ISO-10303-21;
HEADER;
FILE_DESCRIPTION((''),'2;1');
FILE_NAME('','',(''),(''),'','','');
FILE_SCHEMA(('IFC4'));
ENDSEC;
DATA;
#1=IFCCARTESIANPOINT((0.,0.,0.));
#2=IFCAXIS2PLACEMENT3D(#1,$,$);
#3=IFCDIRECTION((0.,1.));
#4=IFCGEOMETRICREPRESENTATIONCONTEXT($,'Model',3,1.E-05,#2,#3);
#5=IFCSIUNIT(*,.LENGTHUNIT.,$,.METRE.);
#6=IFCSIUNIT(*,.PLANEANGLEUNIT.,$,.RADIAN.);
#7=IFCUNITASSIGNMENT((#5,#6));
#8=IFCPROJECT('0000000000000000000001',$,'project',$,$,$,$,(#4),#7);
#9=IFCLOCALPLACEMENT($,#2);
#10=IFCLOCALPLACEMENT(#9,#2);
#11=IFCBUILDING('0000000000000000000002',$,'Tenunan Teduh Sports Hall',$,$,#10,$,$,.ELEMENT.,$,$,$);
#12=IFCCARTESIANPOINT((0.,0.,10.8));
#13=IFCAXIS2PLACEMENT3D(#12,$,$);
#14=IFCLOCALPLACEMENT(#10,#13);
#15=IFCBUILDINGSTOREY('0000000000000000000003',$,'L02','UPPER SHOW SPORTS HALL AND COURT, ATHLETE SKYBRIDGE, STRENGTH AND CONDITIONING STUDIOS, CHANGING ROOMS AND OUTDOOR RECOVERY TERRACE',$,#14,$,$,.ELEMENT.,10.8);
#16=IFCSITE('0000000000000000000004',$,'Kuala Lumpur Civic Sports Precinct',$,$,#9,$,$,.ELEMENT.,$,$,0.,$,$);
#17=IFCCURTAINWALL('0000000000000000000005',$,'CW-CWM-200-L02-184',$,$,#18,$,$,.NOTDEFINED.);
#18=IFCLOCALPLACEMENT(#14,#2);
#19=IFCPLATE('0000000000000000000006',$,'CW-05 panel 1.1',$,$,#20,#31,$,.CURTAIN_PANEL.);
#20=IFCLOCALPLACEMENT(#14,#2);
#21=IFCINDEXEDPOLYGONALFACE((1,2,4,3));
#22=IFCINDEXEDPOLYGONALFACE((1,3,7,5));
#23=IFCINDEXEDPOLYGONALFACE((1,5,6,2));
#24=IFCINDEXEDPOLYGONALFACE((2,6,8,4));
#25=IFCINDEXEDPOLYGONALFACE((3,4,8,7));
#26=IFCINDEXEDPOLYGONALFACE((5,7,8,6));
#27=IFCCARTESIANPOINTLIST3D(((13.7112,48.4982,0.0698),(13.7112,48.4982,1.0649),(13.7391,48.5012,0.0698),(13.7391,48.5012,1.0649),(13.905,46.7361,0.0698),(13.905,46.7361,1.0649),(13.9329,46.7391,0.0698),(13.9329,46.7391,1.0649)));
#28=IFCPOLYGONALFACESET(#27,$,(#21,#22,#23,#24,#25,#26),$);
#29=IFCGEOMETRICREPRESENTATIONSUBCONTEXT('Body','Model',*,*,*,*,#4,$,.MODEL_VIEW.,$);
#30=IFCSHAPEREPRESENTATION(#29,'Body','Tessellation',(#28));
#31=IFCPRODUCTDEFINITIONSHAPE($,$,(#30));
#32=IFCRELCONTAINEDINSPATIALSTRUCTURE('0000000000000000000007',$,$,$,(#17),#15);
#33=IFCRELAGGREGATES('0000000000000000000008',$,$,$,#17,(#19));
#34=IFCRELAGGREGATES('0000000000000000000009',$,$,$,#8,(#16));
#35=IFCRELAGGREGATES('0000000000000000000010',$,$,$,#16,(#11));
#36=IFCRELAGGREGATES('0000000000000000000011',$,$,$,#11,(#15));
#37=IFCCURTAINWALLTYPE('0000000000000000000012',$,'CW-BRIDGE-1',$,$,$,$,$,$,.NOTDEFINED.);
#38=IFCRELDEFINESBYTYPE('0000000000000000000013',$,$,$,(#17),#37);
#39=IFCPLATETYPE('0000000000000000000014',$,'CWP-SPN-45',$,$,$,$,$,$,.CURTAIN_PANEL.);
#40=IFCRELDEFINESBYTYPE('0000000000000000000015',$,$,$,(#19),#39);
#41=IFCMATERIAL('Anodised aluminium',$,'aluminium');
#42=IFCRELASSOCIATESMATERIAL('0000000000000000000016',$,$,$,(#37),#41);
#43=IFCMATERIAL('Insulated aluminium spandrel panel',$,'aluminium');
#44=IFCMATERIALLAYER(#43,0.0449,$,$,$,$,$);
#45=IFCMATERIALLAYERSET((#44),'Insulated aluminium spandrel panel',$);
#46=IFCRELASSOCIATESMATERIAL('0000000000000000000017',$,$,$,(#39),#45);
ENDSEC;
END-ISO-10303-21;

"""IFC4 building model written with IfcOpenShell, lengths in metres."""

from ifc_helpers import new_model, si_unit, direction, frame, origin, origin_2d, place, context, subcontext, project, spatial, rectangle, extrude, material, layer, layer_set, type_object, element, aggregate, save


model = new_model("IFC4")

# Units and contexts
model_context = context("Model", 3, precision=1e-05, world=origin(), true_north=direction((0.0, 1.0)))
body_context = subcontext(model_context, "Body", "Model", "MODEL_VIEW")
ifc_project = project(units=[si_unit("LENGTHUNIT", "METRE"), si_unit("PLANEANGLEUNIT", "RADIAN")], contexts=[model_context])

# Site, building, storey
site_placement = place(None, origin())
site = spatial("IfcSite", under=ifc_project, at=site_placement, Name="Kuala Lumpur Civic Sports Precinct", CompositionType="ELEMENT", RefElevation=0.0)
building_placement = place(site_placement, origin())
building = spatial("IfcBuilding", under=site, at=building_placement, Name="Tenunan Teduh Sports Hall", CompositionType="ELEMENT")
storey_placement = place(building_placement, frame((0.0, 0.0, 10.8)))
storey = spatial("IfcBuildingStorey", under=building, at=storey_placement, Name="L02", Description="UPPER SHOW SPORTS HALL AND COURT, ATHLETE SKYBRIDGE, STRENGTH AND CONDITIONING STUDIOS, CHANGING ROOMS AND OUTDOOR RECOVERY TERRACE", CompositionType="ELEMENT", Elevation=10.8)

# Curtain wall
ifc_material_1 = material(Name="Anodised aluminium", Category="aluminium")
curtain_wall_type = type_object("IfcCurtainWallType", Name="CW-BRIDGE-1", PredefinedType="NOTDEFINED", material=ifc_material_1)
curtain_wall_placement = place(storey_placement, origin())
curtain_wall = element("IfcCurtainWall", 1, at=curtain_wall_placement, inside=storey, type_object=curtain_wall_type, Name="CW-CWM-200-L02-184", PredefinedType="NOTDEFINED")

# Plate
ifc_material_2 = material(Name="Insulated aluminium spandrel panel", Category="aluminium")
ifc_layer_1 = layer(ifc_material_2, 0.0449)
ifc_layer_set_1 = layer_set([ifc_layer_1], Name="Insulated aluminium spandrel panel")
plate_type_1 = type_object("IfcPlateType", Name="CWP-SPN-45", PredefinedType="CURTAIN_PANEL", material=ifc_layer_set_1)
plate_1_placement = place(storey_placement, frame((13.822, 47.6187, 0.0698), z_axis=(0.0, 0.0, 1.0), x_axis=(-0.10934, 0.994004, 0.0)))
plate_1 = element("IfcPlate", 2, at=plate_1_placement, type_object=plate_type_1, Name="CW-05 panel 1.1", PredefinedType="CURTAIN_PANEL", context=body_context, shape_type="SweptSolid", body=[
    extrude(rectangle(XDim=1.7727, YDim=0.0281, at=origin_2d()), origin(), (0.0, 0.0, 1.0), 0.9951),
])
aggregate(curtain_wall, [plate_1])

save(model, "model.ifc")
